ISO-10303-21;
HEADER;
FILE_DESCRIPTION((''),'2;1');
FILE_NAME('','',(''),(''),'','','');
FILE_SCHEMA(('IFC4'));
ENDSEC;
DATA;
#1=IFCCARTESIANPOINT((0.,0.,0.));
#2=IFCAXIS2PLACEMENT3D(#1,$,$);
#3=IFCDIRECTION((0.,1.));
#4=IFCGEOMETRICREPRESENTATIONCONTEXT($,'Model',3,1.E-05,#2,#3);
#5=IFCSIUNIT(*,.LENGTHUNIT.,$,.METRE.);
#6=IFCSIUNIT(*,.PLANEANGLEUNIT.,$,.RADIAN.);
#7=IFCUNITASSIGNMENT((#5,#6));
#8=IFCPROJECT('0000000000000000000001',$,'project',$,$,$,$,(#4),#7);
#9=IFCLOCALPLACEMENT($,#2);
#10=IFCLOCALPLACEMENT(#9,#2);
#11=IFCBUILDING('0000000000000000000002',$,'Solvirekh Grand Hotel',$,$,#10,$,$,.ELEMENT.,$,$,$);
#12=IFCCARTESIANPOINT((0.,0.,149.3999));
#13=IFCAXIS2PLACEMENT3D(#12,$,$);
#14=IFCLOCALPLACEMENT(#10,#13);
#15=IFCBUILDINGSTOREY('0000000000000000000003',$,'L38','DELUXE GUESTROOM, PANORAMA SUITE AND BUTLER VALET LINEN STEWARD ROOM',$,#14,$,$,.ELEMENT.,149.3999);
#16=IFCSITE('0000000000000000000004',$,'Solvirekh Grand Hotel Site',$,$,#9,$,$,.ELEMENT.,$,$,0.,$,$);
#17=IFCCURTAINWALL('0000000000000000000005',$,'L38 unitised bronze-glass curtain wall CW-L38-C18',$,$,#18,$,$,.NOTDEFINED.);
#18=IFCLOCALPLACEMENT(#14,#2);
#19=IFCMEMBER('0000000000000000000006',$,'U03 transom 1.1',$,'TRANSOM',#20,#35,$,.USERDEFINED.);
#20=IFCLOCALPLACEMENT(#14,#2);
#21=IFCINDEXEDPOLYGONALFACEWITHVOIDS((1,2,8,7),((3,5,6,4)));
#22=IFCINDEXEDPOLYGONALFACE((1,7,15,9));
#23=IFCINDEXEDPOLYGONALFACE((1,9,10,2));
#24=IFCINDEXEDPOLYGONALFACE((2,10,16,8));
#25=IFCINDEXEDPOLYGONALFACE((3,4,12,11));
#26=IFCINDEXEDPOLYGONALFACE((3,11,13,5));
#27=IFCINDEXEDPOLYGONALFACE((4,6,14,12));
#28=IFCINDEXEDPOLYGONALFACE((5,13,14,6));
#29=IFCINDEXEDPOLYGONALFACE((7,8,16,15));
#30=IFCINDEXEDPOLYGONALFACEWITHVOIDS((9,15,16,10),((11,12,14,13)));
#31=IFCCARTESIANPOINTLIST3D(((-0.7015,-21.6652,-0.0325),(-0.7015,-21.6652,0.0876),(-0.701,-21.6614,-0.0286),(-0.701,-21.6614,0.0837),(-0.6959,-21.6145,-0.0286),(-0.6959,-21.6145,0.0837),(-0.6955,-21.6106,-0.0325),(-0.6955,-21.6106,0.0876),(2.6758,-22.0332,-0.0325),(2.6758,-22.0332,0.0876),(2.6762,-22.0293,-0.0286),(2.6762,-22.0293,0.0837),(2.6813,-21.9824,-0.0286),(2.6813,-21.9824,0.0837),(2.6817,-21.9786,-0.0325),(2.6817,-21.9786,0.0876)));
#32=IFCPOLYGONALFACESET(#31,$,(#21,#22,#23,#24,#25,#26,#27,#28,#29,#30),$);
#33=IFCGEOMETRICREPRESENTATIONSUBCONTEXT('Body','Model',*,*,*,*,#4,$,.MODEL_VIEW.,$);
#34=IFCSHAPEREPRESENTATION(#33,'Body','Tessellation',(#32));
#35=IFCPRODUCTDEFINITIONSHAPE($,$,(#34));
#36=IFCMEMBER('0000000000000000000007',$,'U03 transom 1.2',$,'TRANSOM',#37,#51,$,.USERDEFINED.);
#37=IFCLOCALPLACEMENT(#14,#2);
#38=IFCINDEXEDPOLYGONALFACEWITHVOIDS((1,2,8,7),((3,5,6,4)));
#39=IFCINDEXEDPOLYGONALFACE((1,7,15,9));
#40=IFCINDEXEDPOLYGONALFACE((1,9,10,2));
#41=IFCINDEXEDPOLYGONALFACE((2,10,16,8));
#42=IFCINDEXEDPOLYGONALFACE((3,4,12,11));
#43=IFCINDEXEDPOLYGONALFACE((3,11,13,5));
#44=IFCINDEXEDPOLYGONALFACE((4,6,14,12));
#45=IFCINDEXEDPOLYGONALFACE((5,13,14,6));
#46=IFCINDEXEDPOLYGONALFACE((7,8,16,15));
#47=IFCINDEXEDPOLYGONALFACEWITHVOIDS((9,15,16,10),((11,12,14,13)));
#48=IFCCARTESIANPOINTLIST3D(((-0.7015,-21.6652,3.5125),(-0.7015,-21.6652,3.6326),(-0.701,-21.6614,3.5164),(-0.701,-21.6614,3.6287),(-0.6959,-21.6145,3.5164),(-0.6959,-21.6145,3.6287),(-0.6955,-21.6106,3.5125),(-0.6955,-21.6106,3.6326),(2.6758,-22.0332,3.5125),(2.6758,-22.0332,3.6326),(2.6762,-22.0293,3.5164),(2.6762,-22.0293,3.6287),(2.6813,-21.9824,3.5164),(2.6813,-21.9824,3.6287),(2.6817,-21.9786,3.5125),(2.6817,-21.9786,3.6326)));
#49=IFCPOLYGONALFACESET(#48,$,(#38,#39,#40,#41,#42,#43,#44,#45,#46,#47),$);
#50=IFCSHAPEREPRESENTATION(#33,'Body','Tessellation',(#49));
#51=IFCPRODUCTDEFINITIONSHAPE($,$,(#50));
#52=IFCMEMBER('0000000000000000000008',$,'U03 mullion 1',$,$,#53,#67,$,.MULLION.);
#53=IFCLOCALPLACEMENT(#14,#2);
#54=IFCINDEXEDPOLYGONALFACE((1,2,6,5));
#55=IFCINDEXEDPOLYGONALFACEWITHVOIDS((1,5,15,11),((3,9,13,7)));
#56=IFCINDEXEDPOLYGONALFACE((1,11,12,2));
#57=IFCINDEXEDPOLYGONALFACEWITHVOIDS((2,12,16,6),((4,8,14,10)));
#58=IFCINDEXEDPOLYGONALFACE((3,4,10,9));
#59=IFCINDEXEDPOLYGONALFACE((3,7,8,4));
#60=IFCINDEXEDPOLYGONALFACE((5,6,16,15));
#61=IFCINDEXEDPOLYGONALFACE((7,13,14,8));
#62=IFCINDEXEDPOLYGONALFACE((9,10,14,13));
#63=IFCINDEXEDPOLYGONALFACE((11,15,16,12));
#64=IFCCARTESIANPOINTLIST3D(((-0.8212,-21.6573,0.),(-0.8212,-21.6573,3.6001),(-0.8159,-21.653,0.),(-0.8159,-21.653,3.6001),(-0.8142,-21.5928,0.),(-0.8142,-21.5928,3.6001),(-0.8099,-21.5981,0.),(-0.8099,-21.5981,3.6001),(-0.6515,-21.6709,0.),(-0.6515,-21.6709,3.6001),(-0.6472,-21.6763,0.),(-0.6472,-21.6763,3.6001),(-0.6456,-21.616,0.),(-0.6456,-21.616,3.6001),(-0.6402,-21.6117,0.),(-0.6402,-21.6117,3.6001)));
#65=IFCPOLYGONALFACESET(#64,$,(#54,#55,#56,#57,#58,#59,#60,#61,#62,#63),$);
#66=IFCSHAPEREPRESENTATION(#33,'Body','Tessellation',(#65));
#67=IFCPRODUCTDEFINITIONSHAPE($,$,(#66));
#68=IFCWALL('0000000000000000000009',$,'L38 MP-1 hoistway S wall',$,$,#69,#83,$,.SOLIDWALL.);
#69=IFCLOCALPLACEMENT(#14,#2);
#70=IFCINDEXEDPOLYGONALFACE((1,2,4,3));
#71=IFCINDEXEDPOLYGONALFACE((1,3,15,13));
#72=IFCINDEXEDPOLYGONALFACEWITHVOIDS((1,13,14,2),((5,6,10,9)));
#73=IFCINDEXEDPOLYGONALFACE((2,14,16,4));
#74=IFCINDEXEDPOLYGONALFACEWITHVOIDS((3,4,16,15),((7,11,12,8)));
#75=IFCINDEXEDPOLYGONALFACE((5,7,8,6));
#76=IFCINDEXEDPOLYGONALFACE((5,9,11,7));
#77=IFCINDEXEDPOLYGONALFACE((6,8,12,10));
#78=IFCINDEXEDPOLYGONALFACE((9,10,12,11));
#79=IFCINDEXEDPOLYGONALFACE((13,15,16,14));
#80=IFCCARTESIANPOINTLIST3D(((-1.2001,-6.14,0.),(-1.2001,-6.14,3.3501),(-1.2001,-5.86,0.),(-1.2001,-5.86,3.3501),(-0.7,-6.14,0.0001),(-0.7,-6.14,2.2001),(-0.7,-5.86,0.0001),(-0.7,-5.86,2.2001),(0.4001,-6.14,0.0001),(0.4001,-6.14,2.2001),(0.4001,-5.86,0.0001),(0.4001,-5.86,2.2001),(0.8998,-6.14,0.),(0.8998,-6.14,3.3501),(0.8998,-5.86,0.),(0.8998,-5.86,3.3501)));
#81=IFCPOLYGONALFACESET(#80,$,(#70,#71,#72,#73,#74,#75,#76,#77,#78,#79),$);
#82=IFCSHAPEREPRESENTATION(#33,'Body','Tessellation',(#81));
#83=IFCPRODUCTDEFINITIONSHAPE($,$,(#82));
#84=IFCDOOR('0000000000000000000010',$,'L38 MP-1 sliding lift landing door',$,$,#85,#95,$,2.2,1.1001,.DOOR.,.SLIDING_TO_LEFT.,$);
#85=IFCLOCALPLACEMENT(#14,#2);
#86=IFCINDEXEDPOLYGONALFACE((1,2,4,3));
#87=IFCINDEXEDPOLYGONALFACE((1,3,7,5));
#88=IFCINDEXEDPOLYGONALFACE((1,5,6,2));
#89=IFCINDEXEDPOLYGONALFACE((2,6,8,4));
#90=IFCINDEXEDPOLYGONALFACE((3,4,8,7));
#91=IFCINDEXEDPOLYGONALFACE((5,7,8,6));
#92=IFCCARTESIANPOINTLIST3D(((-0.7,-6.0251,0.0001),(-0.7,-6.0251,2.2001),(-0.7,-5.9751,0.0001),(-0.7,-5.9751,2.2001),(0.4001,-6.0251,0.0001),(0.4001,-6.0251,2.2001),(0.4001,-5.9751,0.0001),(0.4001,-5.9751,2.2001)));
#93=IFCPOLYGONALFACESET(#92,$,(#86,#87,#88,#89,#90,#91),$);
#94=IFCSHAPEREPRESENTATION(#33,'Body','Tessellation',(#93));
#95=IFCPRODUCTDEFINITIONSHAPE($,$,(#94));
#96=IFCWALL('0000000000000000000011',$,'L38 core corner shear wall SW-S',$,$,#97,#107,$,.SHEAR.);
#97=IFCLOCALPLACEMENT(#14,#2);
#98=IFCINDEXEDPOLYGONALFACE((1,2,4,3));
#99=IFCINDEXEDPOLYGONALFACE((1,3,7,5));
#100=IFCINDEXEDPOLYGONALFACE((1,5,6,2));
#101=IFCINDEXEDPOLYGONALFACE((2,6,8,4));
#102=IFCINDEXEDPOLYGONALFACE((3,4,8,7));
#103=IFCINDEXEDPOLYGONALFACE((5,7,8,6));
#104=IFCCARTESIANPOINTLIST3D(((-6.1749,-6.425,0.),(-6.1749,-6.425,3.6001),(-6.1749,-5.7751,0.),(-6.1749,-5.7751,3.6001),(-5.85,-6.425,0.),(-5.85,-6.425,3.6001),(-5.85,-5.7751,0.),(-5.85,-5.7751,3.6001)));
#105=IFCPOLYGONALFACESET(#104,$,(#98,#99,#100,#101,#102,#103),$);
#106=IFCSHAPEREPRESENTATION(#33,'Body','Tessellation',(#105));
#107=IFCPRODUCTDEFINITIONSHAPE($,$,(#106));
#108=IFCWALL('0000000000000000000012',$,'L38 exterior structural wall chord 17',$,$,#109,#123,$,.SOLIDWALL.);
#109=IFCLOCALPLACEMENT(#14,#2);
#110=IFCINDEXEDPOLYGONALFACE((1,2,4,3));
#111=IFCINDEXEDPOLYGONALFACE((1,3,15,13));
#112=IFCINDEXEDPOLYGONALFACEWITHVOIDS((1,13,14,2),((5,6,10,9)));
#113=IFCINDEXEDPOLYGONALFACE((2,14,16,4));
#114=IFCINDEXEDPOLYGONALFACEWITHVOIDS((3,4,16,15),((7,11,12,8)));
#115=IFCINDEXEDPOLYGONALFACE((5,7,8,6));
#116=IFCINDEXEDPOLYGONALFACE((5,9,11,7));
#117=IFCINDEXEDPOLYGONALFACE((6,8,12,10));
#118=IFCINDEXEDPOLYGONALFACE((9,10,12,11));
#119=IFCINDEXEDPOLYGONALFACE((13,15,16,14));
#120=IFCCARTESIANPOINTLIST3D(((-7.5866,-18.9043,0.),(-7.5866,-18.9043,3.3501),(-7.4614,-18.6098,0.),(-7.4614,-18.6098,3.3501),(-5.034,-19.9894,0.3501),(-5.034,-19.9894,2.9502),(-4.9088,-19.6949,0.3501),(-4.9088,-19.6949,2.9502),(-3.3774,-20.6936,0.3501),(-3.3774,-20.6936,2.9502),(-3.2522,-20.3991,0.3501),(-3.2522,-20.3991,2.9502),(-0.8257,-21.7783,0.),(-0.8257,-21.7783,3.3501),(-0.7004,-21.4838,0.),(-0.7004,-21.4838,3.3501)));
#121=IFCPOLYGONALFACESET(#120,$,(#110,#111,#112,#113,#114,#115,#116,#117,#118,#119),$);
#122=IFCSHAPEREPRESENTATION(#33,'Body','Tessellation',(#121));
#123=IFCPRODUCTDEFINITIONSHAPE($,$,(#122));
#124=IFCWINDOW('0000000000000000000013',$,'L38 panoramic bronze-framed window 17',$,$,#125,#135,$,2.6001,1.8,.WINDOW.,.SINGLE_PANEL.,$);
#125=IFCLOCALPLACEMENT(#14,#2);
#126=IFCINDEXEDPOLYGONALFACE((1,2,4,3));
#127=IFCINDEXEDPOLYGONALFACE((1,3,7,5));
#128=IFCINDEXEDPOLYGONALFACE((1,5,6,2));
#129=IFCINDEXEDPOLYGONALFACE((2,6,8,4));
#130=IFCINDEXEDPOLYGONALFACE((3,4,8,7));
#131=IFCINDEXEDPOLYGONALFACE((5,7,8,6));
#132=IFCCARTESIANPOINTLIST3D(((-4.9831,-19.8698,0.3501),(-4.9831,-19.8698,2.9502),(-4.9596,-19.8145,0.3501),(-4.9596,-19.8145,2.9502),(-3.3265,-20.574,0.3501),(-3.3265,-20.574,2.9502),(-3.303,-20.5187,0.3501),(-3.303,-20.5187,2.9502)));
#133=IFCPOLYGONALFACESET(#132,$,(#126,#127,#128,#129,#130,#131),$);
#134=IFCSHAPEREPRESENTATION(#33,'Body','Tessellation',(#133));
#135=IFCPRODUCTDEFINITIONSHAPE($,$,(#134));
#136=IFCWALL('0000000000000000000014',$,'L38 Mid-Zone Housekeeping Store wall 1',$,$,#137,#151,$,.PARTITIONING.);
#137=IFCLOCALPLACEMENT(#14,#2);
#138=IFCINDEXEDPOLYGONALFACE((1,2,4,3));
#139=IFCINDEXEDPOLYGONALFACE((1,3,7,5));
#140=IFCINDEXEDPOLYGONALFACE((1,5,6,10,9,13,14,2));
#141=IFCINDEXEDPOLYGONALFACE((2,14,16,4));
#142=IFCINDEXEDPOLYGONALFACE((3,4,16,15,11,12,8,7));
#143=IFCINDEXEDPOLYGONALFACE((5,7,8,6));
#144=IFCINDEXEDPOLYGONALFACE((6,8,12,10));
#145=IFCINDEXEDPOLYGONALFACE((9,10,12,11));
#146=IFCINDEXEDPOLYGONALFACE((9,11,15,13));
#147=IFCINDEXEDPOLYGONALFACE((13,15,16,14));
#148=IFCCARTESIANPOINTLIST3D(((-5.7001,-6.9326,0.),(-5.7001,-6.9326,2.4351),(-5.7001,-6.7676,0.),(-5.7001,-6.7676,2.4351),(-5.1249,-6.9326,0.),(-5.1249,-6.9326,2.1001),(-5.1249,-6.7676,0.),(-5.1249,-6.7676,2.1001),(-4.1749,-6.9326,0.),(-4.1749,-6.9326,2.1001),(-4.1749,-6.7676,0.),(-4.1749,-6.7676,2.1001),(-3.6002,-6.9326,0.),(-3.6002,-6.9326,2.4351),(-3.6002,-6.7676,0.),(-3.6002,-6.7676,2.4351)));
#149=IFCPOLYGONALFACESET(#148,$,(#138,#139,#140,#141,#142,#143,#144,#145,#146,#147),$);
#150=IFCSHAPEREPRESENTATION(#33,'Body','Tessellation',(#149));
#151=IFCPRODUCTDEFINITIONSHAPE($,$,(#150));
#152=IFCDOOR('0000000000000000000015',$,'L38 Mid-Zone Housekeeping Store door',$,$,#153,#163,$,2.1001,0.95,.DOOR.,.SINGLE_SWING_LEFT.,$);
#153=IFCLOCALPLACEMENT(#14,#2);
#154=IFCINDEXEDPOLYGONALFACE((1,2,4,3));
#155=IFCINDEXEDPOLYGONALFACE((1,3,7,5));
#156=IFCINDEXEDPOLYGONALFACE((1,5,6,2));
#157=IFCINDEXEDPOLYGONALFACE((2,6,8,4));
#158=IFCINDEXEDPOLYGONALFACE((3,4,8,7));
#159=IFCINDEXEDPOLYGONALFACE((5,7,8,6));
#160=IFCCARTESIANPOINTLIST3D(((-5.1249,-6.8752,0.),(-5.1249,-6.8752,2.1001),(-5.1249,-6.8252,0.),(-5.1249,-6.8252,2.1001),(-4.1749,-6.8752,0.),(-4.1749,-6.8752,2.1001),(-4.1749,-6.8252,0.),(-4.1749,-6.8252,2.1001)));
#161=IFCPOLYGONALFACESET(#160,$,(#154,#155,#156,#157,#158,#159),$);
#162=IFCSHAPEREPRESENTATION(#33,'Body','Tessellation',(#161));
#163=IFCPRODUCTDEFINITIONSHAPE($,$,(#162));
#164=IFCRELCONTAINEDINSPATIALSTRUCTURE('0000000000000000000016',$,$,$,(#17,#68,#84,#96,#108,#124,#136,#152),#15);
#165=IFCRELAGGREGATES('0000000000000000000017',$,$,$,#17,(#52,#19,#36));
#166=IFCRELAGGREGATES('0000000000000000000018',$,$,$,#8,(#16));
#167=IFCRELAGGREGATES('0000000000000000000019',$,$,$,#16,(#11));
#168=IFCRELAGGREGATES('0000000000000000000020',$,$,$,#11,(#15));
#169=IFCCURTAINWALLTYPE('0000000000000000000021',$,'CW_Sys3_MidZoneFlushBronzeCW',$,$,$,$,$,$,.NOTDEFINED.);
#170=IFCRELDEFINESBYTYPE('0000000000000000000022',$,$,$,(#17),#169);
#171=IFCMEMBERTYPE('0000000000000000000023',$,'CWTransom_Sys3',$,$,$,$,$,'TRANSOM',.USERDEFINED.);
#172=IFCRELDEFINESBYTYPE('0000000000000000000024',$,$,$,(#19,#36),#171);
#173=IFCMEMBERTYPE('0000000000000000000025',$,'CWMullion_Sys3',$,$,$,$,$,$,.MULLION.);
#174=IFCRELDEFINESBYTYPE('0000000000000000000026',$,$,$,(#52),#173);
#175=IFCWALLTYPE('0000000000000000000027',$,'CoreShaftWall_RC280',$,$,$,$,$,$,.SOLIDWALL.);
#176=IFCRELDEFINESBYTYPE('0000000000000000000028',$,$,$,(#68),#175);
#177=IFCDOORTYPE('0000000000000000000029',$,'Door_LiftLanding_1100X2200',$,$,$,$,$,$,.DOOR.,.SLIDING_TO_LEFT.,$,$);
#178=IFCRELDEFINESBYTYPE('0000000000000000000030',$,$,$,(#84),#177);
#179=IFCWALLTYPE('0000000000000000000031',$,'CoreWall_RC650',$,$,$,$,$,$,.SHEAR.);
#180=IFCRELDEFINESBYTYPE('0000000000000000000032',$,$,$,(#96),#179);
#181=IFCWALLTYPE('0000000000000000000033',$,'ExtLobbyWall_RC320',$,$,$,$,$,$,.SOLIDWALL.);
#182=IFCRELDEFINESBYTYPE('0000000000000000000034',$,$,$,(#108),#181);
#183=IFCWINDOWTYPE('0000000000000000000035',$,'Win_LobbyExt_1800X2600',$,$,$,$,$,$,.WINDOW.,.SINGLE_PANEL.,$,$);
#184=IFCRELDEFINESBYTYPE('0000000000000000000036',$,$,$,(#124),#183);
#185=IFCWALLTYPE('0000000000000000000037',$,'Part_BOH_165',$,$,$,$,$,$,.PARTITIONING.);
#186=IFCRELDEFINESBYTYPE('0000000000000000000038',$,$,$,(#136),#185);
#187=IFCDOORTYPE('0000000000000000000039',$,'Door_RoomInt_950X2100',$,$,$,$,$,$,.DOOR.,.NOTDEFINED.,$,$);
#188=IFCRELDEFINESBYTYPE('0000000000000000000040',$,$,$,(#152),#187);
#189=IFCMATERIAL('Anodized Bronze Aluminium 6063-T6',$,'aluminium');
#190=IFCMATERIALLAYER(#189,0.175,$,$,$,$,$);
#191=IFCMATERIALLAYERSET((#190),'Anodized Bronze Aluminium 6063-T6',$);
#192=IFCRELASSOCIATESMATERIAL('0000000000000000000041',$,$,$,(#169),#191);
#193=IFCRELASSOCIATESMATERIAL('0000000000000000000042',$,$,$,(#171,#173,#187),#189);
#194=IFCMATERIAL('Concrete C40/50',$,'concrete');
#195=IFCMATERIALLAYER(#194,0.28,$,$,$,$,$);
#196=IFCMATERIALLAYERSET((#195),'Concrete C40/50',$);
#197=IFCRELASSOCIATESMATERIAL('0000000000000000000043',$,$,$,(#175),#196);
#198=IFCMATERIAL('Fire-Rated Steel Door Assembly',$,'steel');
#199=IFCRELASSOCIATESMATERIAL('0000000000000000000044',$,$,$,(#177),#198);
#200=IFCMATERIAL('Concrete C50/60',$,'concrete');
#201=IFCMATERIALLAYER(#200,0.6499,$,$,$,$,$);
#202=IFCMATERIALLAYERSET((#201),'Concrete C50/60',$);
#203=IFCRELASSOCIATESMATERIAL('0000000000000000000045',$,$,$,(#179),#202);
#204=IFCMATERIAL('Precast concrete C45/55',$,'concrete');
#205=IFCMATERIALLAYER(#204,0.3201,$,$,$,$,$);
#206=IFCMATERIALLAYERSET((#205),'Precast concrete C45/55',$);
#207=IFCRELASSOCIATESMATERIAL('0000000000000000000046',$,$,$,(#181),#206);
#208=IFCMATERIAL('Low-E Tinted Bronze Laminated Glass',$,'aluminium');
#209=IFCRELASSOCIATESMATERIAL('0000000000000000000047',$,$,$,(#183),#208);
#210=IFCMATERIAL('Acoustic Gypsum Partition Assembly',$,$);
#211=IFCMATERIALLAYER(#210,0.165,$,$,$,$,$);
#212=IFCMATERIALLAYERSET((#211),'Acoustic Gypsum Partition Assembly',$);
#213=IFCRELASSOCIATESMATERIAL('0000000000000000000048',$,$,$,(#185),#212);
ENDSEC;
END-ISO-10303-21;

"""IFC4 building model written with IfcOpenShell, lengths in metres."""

from ifc_helpers import new_model, si_unit, direction, frame, frame_2d, origin, origin_2d, place, context, subcontext, project, spatial, rectangle, hollow_rectangle, extrude, source, transform, mapped, material, layer, layer_set, material_profile, profile_set, type_object, element, fill, aggregate, save


model = new_model("IFC4")

# Units and contexts
model_context = context("Model", 3, precision=1e-05, world=origin(), true_north=direction((0.0, 1.0)))
body_context = subcontext(model_context, "Body", "Model", "MODEL_VIEW")
ifc_project = project(units=[si_unit("LENGTHUNIT", "METRE"), si_unit("PLANEANGLEUNIT", "RADIAN")], contexts=[model_context])

# Site, building, storey
site_placement = place(None, origin())
site = spatial("IfcSite", under=ifc_project, at=site_placement, Name="Solvirekh Grand Hotel Site", CompositionType="ELEMENT", RefElevation=0.0)
building_placement = place(site_placement, origin())
building = spatial("IfcBuilding", under=site, at=building_placement, Name="Solvirekh Grand Hotel", CompositionType="ELEMENT")
storey_placement = place(building_placement, frame((0.0, 0.0, 149.3999)))
storey = spatial("IfcBuildingStorey", under=building, at=storey_placement, Name="L38", Description="DELUXE GUESTROOM, PANORAMA SUITE AND BUTLER VALET LINEN STEWARD ROOM", CompositionType="ELEMENT", Elevation=149.3999)

# Shared definitions
ifc_material_1 = material(Name="Concrete C50/60", Category="concrete")

# Curtain wall, members
ifc_material_2 = material(Name="Anodized Bronze Aluminium 6063-T6", Category="aluminium")
ifc_layer_1 = layer(ifc_material_2, 0.175)
ifc_layer_set_1 = layer_set([ifc_layer_1], Name="Anodized Bronze Aluminium 6063-T6")
curtain_wall_type = type_object("IfcCurtainWallType", Name="CW_Sys3_MidZoneFlushBronzeCW", PredefinedType="NOTDEFINED", material=ifc_layer_set_1)
curtain_wall_placement = place(storey_placement, origin())
curtain_wall = element("IfcCurtainWall", 1, at=curtain_wall_placement, inside=storey, type_object=curtain_wall_type, Name="L38 unitised bronze-glass curtain wall CW-L38-C18", PredefinedType="NOTDEFINED")
ifc_material_profile_1 = material_profile(ifc_material_2, hollow_rectangle(XDim=0.0549, YDim=0.1201, WallThickness=0.0039, at=origin_2d()), Name="ALU RHS 120X55X4")
ifc_profile_set_1 = profile_set([ifc_material_profile_1], Name="Anodized Bronze Aluminium 6063-T6")
member_type_1 = type_object("IfcMemberType", Name="CWTransom_Sys3", ElementType="TRANSOM", PredefinedType="USERDEFINED", material=ifc_profile_set_1)
shared_shape_1 = source(origin(), body_context, "Body", "SweptSolid", [
    extrude(hollow_rectangle(XDim=0.0549, YDim=0.1201, WallThickness=0.0039, at=origin_2d()), origin(), (0.0, 0.0, 1.0), 3.3972),
])
member_1_placement = place(storey_placement, frame((-0.6985, -21.6379, 0.0276), z_axis=(0.994118, -0.108302, 0.0), x_axis=(0.108302, 0.994118, 0.0)))
member_1 = element("IfcMember", 2, at=member_1_placement, type_object=member_type_1, Name="U03 transom 1.1", ObjectType="TRANSOM", PredefinedType="USERDEFINED", context=body_context, shape_type="MappedRepresentation", body=[
    mapped(shared_shape_1, transform((0.0, 0.0, 0.0), x_axis=(1.0, 0.0, 0.0), y_axis=(0.0, 1.0, 0.0), z_axis=(0.0, 0.0, 1.0), scale=1.0)),
])
member_2_placement = place(storey_placement, frame((-0.6985, -21.6379, 3.5725), z_axis=(0.994118, -0.108302, 0.0), x_axis=(0.108302, 0.994118, 0.0)))
member_2 = element("IfcMember", 3, at=member_2_placement, type_object=member_type_1, Name="U03 transom 1.2", ObjectType="TRANSOM", PredefinedType="USERDEFINED", context=body_context, shape_type="MappedRepresentation", body=[
    mapped(shared_shape_1, transform((0.0, 0.0, 0.0), x_axis=(1.0, 0.0, 0.0), y_axis=(0.0, 1.0, 0.0), z_axis=(0.0, 0.0, 1.0), scale=1.0)),
])
ifc_material_profile_2 = material_profile(ifc_material_2, hollow_rectangle(XDim=0.0649, YDim=0.175, WallThickness=0.0049, at=origin_2d()), Name="ALU RHS 175X65X5")
ifc_profile_set_2 = profile_set([ifc_material_profile_2], Name="Anodized Bronze Aluminium 6063-T6")
member_type_2 = type_object("IfcMemberType", Name="CWMullion_Sys3", PredefinedType="MULLION", material=ifc_profile_set_2)
shared_shape_2 = source(origin(), body_context, "Body", "SweptSolid", [
    extrude(hollow_rectangle(XDim=0.0649, YDim=0.175, WallThickness=0.0049, at=origin_2d()), origin(), (0.0, 0.0, 1.0), 3.6001),
])
member_3_placement = place(storey_placement, frame((-0.7307, -21.6345, 0.0), z_axis=(0.0, 0.0, 1.0), x_axis=(0.108311, 0.994117, 0.0)))
member_3 = element("IfcMember", 4, at=member_3_placement, type_object=member_type_2, Name="U03 mullion 1", PredefinedType="MULLION", context=body_context, shape_type="MappedRepresentation", body=[
    mapped(shared_shape_2, transform((0.0, 0.0, 0.0), x_axis=(1.0, 0.0, 0.0), y_axis=(0.0, 1.0, 0.0), z_axis=(0.0, 0.0, 1.0), scale=1.0)),
])
aggregate(curtain_wall, [member_3, member_1, member_2])

# Wall, opening, door
ifc_material_3 = material(Name="Concrete C40/50", Category="concrete")
ifc_layer_2 = layer(ifc_material_3, 0.28)
ifc_layer_set_2 = layer_set([ifc_layer_2], Name="Concrete C40/50")
wall_type_1 = type_object("IfcWallType", Name="CoreShaftWall_RC280", PredefinedType="SOLIDWALL", material=ifc_layer_set_2)
wall_1_placement = place(storey_placement, frame((-1.2, -6.0, 0.0), z_axis=(0.0, 0.0, 1.0), x_axis=(1.0, 0.0, 0.0)))
wall_1 = element("IfcWall", 5, at=wall_1_placement, inside=storey, type_object=wall_type_1, Name="L38 MP-1 hoistway S wall", PredefinedType="SOLIDWALL", context=body_context, shape_type="SweptSolid", body=[
    extrude(rectangle(XDim=2.0999, YDim=0.28, at=frame_2d((1.0498, 0.0))), origin(), (0.0, 0.0, 1.0), 3.3501),
])
opening_1_placement = place(wall_1_placement, frame((0.5, 0.0, 0.0)))
opening_1 = element("IfcOpeningElement", 6, at=opening_1_placement, cuts=wall_1, PredefinedType="OPENING", context=body_context, shape_type="SweptSolid", body=[
    extrude(rectangle(XDim=1.1001, YDim=2.2, at=frame_2d((0.55, 1.1001))), frame((0.0, 0.1499, 0.0), z_axis=(0.0, -1.0, 0.0), x_axis=(1.0, 0.0, 0.0)), (0.0, 0.0, 1.0), 0.3),
])
ifc_material_4 = material(Name="Fire-Rated Steel Door Assembly", Category="steel")
door_type_1 = type_object("IfcDoorType", Name="Door_LiftLanding_1100X2200", OperationType="SLIDING_TO_LEFT", PredefinedType="DOOR", material=ifc_material_4)
door_1_placement = place(opening_1_placement, origin())
door_1 = element("IfcDoor", 7, at=door_1_placement, inside=storey, type_object=door_type_1, Name="L38 MP-1 sliding lift landing door", OperationType="SLIDING_TO_LEFT", OverallHeight=2.2, OverallWidth=1.1001, PredefinedType="DOOR", context=body_context, shape_type="SweptSolid", body=[
    extrude(rectangle(XDim=1.1001, YDim=2.2, at=frame_2d((0.55, 1.1001))), frame((0.0, 0.0249, 0.0), z_axis=(0.0, -1.0, 0.0), x_axis=(1.0, 0.0, 0.0)), (0.0, 0.0, 1.0), 0.05),
])
fill(opening_1, door_1)

# Wall
ifc_layer_3 = layer(ifc_material_1, 0.6499)
ifc_layer_set_3 = layer_set([ifc_layer_3], Name="Concrete C50/60")
wall_type_2 = type_object("IfcWallType", Name="CoreWall_RC650", PredefinedType="SHEAR", material=ifc_layer_set_3)
wall_2_placement = place(storey_placement, frame((-6.175, -6.1001, 0.0), z_axis=(0.0, 0.0, 1.0), x_axis=(1.0, 0.0, 0.0)))
element("IfcWall", 8, at=wall_2_placement, inside=storey, type_object=wall_type_2, Name="L38 core corner shear wall SW-S", PredefinedType="SHEAR", context=body_context, shape_type="SweptSolid", body=[
    extrude(rectangle(XDim=0.325, YDim=0.6499, at=frame_2d((0.1626, 0.0))), origin(), (0.0, 0.0, 1.0), 3.6001),
])

# Wall, opening, window
ifc_material_5 = material(Name="Precast concrete C45/55", Category="concrete")
ifc_layer_4 = layer(ifc_material_5, 0.3201)
ifc_layer_set_4 = layer_set([ifc_layer_4], Name="Precast concrete C45/55")
wall_type_3 = type_object("IfcWallType", Name="ExtLobbyWall_RC320", PredefinedType="SOLIDWALL", material=ifc_layer_set_4)
wall_3_placement = place(storey_placement, frame((-0.7629, -21.6311, 0.0), z_axis=(0.0, 0.0, 1.0), x_axis=(-0.920301, 0.39121, 0.0)))
wall_3 = element("IfcWall", 9, at=wall_3_placement, inside=storey, type_object=wall_type_3, Name="L38 exterior structural wall chord 17", PredefinedType="SOLIDWALL", context=body_context, shape_type="SweptSolid", body=[
    extrude(rectangle(XDim=7.3464, YDim=0.3201, at=frame_2d((3.6733, 0.0))), origin(), (0.0, 0.0, 1.0), 3.3501),
])
opening_2_placement = place(wall_3_placement, frame((2.7729, 0.0, 0.3501)))
opening_2 = element("IfcOpeningElement", 10, at=opening_2_placement, cuts=wall_3, PredefinedType="OPENING", context=body_context, shape_type="SweptSolid", body=[
    extrude(rectangle(XDim=1.8, YDim=2.6001, at=frame_2d((0.8999, 1.3))), frame((0.0, 0.1699, 0.0), z_axis=(0.0, -1.0, 0.0), x_axis=(1.0, 0.0, 0.0)), (0.0, 0.0, 1.0), 0.3401),
])
ifc_material_6 = material(Name="Low-E Tinted Bronze Laminated Glass", Category="aluminium")
window_type = type_object("IfcWindowType", Name="Win_LobbyExt_1800X2600", PartitioningType="SINGLE_PANEL", PredefinedType="WINDOW", material=ifc_material_6)
window_placement = place(opening_2_placement, origin())
window = element("IfcWindow", 11, at=window_placement, inside=storey, type_object=window_type, Name="L38 panoramic bronze-framed window 17", OverallHeight=2.6001, OverallWidth=1.8, PartitioningType="SINGLE_PANEL", PredefinedType="WINDOW", context=body_context, shape_type="SweptSolid", body=[
    extrude(rectangle(XDim=1.8, YDim=2.6001, at=frame_2d((0.8999, 1.3))), frame((0.0, 0.03, 0.0), z_axis=(0.0, -1.0, 0.0), x_axis=(1.0, 0.0, 0.0)), (0.0, 0.0, 1.0), 0.0601),
])
fill(opening_2, window)

# Wall, opening, door
ifc_material_7 = material(Name="Acoustic Gypsum Partition Assembly")
ifc_layer_5 = layer(ifc_material_7, 0.165)
ifc_layer_set_5 = layer_set([ifc_layer_5], Name="Acoustic Gypsum Partition Assembly")
wall_type_4 = type_object("IfcWallType", Name="Part_BOH_165", PredefinedType="PARTITIONING", material=ifc_layer_set_5)
wall_4_placement = place(storey_placement, frame((-5.7, -6.8501, 0.0), z_axis=(0.0, 0.0, 1.0), x_axis=(1.0, 0.0, 0.0)))
wall_4 = element("IfcWall", 12, at=wall_4_placement, inside=storey, type_object=wall_type_4, Name="L38 Mid-Zone Housekeeping Store wall 1", PredefinedType="PARTITIONING", context=body_context, shape_type="SweptSolid", body=[
    extrude(rectangle(XDim=2.0999, YDim=0.165, at=frame_2d((1.0498, 0.0))), origin(), (0.0, 0.0, 1.0), 2.4351),
])
opening_3_placement = place(wall_4_placement, frame((0.575, 0.0, 0.0)))
opening_3 = element("IfcOpeningElement", 13, at=opening_3_placement, cuts=wall_4, PredefinedType="OPENING", context=body_context, shape_type="SweptSolid", body=[
    extrude(rectangle(XDim=0.95, YDim=2.1001, at=frame_2d((0.4751, 1.05))), frame((0.0, 0.0925, 0.0), z_axis=(0.0, -1.0, 0.0), x_axis=(1.0, 0.0, 0.0)), (0.0, 0.0, 1.0), 0.1851),
])
door_type_2 = type_object("IfcDoorType", Name="Door_RoomInt_950X2100", OperationType="NOTDEFINED", PredefinedType="DOOR", material=ifc_material_2)
door_2_placement = place(opening_3_placement, origin())
door_2 = element("IfcDoor", 14, at=door_2_placement, inside=storey, type_object=door_type_2, Name="L38 Mid-Zone Housekeeping Store door", OperationType="SINGLE_SWING_LEFT", OverallHeight=2.1001, OverallWidth=0.95, PredefinedType="DOOR", context=body_context, shape_type="SweptSolid", body=[
    extrude(rectangle(XDim=0.95, YDim=2.1001, at=frame_2d((0.4751, 1.05))), frame((0.0, 0.0249, 0.0), z_axis=(0.0, -1.0, 0.0), x_axis=(1.0, 0.0, 0.0)), (0.0, 0.0, 1.0), 0.05),
])
fill(opening_3, door_2)

save(model, "model.ifc")
